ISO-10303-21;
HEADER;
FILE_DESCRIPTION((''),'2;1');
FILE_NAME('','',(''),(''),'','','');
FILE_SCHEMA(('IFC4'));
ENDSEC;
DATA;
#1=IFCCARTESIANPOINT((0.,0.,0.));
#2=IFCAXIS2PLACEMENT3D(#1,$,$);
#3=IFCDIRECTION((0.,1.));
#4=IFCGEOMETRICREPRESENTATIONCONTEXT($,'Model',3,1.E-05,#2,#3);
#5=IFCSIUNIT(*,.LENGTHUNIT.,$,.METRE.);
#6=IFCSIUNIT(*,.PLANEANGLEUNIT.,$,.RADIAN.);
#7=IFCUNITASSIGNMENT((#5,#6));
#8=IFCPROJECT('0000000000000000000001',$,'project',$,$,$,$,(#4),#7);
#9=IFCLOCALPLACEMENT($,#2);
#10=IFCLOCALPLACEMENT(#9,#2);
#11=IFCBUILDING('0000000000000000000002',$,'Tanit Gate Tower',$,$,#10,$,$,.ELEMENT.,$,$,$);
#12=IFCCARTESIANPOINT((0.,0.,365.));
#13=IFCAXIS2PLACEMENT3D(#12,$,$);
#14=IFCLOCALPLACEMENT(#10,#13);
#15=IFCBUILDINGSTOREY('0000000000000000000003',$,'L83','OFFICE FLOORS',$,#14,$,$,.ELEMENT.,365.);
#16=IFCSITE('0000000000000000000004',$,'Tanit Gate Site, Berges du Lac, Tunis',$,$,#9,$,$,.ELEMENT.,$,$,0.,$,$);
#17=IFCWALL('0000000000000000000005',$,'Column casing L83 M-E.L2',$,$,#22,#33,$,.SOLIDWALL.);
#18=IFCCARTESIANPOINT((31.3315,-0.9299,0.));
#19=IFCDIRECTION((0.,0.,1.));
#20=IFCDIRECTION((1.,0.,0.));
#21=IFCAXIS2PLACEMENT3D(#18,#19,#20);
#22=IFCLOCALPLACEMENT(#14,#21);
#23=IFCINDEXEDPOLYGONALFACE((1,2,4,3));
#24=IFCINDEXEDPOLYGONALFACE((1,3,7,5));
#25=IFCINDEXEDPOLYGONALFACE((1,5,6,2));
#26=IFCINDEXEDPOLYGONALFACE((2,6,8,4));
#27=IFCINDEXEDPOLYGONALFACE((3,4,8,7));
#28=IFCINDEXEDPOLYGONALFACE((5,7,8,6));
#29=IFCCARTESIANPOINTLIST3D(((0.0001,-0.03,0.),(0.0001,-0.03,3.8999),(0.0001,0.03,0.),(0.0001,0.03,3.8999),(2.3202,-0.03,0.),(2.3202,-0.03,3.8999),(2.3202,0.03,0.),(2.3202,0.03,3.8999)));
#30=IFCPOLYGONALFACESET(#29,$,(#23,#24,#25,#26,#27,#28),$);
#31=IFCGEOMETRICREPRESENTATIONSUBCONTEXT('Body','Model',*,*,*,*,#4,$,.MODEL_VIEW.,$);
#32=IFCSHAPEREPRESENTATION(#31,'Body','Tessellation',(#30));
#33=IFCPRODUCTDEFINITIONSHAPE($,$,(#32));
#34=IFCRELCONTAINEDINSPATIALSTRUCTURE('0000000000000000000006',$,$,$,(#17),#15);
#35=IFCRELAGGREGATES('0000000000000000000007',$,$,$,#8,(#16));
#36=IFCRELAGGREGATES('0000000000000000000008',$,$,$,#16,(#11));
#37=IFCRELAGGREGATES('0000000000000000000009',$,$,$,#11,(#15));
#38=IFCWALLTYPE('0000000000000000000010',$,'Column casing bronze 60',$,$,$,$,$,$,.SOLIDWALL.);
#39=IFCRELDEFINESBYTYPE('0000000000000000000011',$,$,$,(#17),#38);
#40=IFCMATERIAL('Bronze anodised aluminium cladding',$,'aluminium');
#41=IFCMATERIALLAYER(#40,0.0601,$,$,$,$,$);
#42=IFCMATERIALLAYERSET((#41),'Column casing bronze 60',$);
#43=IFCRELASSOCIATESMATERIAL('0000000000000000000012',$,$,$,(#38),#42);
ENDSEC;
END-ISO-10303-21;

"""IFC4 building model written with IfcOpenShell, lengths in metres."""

from ifc_helpers import new_model, si_unit, direction, frame, frame_2d, origin, place, context, subcontext, project, spatial, rectangle, extrude, material, layer, layer_set, type_object, element, save


model = new_model("IFC4")

# Units and contexts
model_context = context("Model", 3, precision=1e-05, world=origin(), true_north=direction((0.0, 1.0)))
body_context = subcontext(model_context, "Body", "Model", "MODEL_VIEW")
ifc_project = project(units=[si_unit("LENGTHUNIT", "METRE"), si_unit("PLANEANGLEUNIT", "RADIAN")], contexts=[model_context])

# Site, building, storey
site_placement = place(None, origin())
site = spatial("IfcSite", under=ifc_project, at=site_placement, Name="Tanit Gate Site, Berges du Lac, Tunis", CompositionType="ELEMENT", RefElevation=0.0)
building_placement = place(site_placement, origin())
building = spatial("IfcBuilding", under=site, at=building_placement, Name="Tanit Gate Tower", CompositionType="ELEMENT")
storey_placement = place(building_placement, frame((0.0, 0.0, 365.0)))
storey = spatial("IfcBuildingStorey", under=building, at=storey_placement, Name="L83", Description="OFFICE FLOORS", CompositionType="ELEMENT", Elevation=365.0)

# Wall
ifc_material_1 = material(Name="Bronze anodised aluminium cladding", Category="aluminium")
ifc_layer_1 = layer(ifc_material_1, 0.0601)
ifc_layer_set_1 = layer_set([ifc_layer_1], Name="Column casing bronze 60")
wall_type_1 = type_object("IfcWallType", Name="Column casing bronze 60", PredefinedType="SOLIDWALL", material=ifc_layer_set_1)
wall_1_placement = place(storey_placement, frame((31.3315, -0.9299, 0.0), z_axis=(0.0, 0.0, 1.0), x_axis=(1.0, 0.0, 0.0)))
element("IfcWall", 1, at=wall_1_placement, inside=storey, type_object=wall_type_1, Name="Column casing L83 M-E.L2", PredefinedType="SOLIDWALL", context=body_context, shape_type="SweptSolid", body=[
    extrude(rectangle(XDim=2.3201, YDim=0.0601, at=frame_2d((1.1602, 0.0))), origin(), (0.0, 0.0, 1.0), 3.8999),
])

save(model, "model.ifc")
